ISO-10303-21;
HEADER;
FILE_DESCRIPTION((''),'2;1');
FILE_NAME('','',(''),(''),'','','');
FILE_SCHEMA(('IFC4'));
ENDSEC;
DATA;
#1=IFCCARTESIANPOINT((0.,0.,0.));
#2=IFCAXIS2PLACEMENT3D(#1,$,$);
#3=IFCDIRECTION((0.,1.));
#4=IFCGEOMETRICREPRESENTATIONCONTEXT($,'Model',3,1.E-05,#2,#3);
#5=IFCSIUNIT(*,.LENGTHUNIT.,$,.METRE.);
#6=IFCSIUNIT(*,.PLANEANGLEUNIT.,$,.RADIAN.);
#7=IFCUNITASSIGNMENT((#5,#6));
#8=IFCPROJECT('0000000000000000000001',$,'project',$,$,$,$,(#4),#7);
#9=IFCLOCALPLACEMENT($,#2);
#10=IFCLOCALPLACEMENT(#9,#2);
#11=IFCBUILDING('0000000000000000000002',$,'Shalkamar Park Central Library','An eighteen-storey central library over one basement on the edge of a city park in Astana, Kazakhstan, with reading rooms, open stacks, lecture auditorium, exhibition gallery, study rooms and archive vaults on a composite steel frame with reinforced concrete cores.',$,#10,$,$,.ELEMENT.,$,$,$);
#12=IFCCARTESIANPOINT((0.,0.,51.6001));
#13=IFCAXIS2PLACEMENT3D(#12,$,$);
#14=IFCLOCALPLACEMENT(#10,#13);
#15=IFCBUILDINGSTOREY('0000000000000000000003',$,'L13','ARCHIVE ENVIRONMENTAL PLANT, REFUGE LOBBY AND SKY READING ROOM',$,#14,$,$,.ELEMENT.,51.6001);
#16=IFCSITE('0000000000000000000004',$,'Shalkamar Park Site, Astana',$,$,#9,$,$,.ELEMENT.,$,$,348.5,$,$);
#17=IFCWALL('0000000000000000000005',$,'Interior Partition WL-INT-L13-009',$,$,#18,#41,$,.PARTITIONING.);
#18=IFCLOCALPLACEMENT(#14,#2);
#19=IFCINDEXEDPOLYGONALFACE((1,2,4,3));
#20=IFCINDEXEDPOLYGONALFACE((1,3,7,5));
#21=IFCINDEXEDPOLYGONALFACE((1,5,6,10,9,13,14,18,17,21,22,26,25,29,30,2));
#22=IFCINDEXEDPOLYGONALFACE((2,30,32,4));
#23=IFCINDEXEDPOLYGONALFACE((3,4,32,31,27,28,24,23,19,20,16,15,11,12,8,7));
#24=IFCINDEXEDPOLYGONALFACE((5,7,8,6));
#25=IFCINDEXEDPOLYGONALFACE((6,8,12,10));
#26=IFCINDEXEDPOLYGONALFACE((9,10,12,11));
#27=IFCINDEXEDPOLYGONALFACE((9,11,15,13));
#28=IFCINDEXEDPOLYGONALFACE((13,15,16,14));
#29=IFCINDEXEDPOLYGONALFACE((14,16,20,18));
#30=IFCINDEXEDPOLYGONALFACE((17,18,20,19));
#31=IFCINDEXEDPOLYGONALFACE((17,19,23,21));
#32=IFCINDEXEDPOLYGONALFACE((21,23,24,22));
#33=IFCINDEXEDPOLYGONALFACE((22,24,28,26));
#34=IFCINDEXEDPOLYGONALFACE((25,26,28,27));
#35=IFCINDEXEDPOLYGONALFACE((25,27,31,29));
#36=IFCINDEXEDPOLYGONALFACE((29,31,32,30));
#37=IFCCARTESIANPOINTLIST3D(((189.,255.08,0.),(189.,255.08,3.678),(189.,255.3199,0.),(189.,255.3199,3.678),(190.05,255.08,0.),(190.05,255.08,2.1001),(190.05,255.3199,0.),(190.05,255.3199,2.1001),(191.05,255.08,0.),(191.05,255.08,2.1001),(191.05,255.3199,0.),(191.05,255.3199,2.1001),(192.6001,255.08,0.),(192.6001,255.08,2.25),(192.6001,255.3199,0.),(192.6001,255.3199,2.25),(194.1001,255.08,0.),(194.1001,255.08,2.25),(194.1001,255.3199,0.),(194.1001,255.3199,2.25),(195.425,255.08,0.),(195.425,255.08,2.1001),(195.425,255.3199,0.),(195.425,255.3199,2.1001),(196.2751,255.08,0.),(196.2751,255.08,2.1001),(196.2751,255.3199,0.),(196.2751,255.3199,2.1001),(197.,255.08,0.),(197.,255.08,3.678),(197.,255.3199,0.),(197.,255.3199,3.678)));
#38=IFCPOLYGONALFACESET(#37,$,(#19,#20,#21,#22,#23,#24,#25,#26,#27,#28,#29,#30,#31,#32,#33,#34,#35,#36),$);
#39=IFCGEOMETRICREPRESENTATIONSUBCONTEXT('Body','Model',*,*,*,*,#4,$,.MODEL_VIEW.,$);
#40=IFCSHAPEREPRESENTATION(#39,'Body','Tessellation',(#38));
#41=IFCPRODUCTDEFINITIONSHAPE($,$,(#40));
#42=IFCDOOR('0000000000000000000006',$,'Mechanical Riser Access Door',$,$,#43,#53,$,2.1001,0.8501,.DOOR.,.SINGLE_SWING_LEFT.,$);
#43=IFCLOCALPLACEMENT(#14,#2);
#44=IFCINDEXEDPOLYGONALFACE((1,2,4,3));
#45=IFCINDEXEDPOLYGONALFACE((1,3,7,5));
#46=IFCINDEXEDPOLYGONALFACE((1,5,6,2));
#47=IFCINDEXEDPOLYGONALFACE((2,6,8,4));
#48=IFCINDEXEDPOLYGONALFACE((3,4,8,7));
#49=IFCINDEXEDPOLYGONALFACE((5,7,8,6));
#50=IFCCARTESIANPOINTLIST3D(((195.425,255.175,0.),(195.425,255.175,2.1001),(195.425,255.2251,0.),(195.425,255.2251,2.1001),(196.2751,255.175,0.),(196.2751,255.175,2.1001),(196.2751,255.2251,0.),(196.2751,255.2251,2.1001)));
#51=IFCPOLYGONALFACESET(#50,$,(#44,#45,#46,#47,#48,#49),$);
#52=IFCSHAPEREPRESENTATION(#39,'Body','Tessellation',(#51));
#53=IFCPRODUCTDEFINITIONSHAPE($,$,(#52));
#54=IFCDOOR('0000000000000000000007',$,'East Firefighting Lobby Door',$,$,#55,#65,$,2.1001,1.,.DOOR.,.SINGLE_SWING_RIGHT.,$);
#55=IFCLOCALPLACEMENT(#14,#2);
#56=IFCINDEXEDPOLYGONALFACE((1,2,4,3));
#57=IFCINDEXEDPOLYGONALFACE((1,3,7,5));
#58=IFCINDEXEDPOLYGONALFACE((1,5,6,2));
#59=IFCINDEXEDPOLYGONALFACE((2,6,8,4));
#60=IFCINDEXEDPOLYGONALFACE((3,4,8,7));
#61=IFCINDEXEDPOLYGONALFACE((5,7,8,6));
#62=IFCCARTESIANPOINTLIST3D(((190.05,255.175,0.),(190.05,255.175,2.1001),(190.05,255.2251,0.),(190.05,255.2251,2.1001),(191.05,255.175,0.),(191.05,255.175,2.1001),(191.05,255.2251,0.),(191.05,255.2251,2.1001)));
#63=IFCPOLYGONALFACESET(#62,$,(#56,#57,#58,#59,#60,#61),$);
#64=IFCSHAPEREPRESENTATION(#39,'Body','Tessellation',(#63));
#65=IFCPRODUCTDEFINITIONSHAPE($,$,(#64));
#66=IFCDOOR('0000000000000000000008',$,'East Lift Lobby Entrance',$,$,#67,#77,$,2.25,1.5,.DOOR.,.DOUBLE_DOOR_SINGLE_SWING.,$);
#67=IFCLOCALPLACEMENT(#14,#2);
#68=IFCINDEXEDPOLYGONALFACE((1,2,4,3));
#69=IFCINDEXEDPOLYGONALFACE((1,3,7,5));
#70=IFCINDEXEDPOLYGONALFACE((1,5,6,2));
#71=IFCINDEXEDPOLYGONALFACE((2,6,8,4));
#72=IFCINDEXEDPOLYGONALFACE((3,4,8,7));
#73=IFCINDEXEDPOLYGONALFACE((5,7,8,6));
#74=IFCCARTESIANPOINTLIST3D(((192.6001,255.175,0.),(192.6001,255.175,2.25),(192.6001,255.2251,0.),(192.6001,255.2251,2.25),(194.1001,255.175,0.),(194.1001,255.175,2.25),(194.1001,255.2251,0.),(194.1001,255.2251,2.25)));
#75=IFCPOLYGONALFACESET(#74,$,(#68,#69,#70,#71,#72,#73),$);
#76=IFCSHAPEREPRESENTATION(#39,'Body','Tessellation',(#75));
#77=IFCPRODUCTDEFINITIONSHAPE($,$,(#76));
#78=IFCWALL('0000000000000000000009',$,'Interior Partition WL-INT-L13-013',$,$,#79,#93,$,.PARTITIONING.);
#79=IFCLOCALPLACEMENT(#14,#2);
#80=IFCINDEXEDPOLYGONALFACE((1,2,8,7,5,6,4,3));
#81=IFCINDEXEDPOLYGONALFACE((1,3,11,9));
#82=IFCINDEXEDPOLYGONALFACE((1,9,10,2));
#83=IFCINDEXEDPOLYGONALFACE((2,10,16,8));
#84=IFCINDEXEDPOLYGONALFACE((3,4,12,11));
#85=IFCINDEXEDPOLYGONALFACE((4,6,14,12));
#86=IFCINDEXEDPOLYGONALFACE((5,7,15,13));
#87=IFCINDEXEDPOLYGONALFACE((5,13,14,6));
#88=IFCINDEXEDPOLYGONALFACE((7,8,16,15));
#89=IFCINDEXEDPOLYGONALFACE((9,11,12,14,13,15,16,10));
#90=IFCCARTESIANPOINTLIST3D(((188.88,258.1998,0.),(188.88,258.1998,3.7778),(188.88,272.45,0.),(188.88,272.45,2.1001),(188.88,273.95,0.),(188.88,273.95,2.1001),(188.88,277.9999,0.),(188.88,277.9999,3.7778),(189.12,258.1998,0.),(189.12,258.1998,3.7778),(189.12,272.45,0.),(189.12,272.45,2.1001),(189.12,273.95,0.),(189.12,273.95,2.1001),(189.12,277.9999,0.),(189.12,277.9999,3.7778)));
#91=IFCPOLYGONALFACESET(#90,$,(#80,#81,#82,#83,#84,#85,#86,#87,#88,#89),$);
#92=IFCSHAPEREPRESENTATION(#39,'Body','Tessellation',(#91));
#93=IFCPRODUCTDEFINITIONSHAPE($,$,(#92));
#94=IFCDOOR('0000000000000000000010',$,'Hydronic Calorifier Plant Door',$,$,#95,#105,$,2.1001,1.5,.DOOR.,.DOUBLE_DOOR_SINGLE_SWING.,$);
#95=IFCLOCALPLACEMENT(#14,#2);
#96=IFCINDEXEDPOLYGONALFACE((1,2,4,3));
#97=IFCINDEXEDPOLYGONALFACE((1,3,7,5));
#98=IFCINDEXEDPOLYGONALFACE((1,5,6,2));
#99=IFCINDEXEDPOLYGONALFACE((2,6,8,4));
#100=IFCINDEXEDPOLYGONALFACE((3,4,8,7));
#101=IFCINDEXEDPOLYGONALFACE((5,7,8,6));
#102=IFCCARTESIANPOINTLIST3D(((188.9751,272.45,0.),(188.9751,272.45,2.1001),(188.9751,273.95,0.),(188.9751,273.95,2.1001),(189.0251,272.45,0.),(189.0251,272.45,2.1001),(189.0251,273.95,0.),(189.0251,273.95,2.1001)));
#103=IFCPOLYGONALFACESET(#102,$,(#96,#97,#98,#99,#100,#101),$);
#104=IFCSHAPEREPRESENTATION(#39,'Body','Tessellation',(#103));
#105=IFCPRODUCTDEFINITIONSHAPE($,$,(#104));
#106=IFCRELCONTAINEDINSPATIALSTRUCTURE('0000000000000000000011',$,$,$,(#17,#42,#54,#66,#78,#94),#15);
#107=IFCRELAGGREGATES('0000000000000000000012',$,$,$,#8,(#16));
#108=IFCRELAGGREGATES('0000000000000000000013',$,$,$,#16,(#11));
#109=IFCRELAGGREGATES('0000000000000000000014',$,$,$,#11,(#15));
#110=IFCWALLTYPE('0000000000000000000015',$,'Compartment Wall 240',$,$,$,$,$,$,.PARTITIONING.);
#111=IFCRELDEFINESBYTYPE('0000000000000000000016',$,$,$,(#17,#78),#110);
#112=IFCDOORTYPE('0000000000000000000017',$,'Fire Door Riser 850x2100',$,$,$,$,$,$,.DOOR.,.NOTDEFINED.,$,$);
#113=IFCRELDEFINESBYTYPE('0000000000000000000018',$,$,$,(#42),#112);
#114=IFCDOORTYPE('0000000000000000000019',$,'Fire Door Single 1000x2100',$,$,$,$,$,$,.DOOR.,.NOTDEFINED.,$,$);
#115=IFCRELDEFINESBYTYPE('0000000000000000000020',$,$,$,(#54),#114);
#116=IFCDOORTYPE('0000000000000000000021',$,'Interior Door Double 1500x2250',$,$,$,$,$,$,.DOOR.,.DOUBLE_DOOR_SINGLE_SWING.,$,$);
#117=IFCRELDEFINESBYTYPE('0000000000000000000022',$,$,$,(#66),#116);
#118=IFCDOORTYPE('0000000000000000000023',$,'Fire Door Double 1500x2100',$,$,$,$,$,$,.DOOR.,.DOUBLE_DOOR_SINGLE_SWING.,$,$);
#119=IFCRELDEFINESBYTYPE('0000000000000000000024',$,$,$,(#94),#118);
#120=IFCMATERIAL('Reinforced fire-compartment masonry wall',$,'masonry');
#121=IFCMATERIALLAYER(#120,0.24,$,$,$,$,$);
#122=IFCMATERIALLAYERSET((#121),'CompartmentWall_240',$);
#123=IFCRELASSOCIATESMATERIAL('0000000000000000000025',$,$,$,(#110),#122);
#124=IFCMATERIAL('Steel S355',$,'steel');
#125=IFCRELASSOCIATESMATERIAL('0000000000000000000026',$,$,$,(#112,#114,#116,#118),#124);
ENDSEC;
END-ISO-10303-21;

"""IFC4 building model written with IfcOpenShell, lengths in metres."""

from ifc_helpers import new_model, si_unit, direction, frame, frame_2d, origin, place, context, subcontext, project, spatial, rectangle, extrude, material, layer, layer_set, type_object, element, fill, save


model = new_model("IFC4")

# Units and contexts
model_context = context("Model", 3, precision=1e-05, world=origin(), true_north=direction((0.0, 1.0)))
body_context = subcontext(model_context, "Body", "Model", "MODEL_VIEW")
ifc_project = project(units=[si_unit("LENGTHUNIT", "METRE"), si_unit("PLANEANGLEUNIT", "RADIAN")], contexts=[model_context])

# Site, building, storey
site_placement = place(None, origin())
site = spatial("IfcSite", under=ifc_project, at=site_placement, Name="Shalkamar Park Site, Astana", CompositionType="ELEMENT", RefElevation=348.5)
building_placement = place(site_placement, origin())
building = spatial("IfcBuilding", under=site, at=building_placement, Name="Shalkamar Park Central Library", Description="An eighteen-storey central library over one basement on the edge of a city park in Astana, Kazakhstan, with reading rooms, open stacks, lecture auditorium, exhibition gallery, study rooms and archive vaults on a composite steel frame with reinforced concrete cores.", CompositionType="ELEMENT")
storey_placement = place(building_placement, frame((0.0, 0.0, 51.6001)))
storey = spatial("IfcBuildingStorey", under=building, at=storey_placement, Name="L13", Description="ARCHIVE ENVIRONMENTAL PLANT, REFUGE LOBBY AND SKY READING ROOM", CompositionType="ELEMENT", Elevation=51.6001)

# Shared definitions
ifc_material_1 = material(Name="Steel S355", Category="steel")

# Wall, openings, doors
ifc_material_2 = material(Name="Reinforced fire-compartment masonry wall", Category="masonry")
ifc_layer = layer(ifc_material_2, 0.24)
ifc_layer_set = layer_set([ifc_layer], Name="CompartmentWall_240")
wall_type = type_object("IfcWallType", Name="Compartment Wall 240", PredefinedType="PARTITIONING", material=ifc_layer_set)
wall_1_placement = place(storey_placement, frame((189.0, 255.2, 0.0), z_axis=(0.0, 0.0, 1.0), x_axis=(1.0, 0.0, 0.0)))
wall_1 = element("IfcWall", 1, at=wall_1_placement, inside=storey, type_object=wall_type, Name="Interior Partition WL-INT-L13-009", PredefinedType="PARTITIONING", context=body_context, shape_type="SweptSolid", body=[
    extrude(rectangle(XDim=8.0, YDim=0.24, at=frame_2d((4.0, 0.0))), origin(), (0.0, 0.0, 1.0), 3.678),
])
opening_1_placement = place(wall_1_placement, frame((1.05, 0.0, 0.0)))
opening_1 = element("IfcOpeningElement", 2, at=opening_1_placement, cuts=wall_1, PredefinedType="OPENING", context=body_context, shape_type="SweptSolid", body=[
    extrude(rectangle(XDim=1.0, YDim=2.1001, at=frame_2d((0.5, 1.05))), frame((0.0, 0.1348, 0.0), z_axis=(0.0, -1.0, 0.0), x_axis=(1.0, 0.0, 0.0)), (0.0, 0.0, 1.0), 0.2698),
])
opening_2_placement = place(wall_1_placement, frame((3.6001, 0.0, 0.0)))
opening_2 = element("IfcOpeningElement", 3, at=opening_2_placement, cuts=wall_1, PredefinedType="OPENING", context=body_context, shape_type="SweptSolid", body=[
    extrude(rectangle(XDim=1.5, YDim=2.25, at=frame_2d((0.75, 1.125))), frame((0.0, 0.1348, 0.0), z_axis=(0.0, -1.0, 0.0), x_axis=(1.0, 0.0, 0.0)), (0.0, 0.0, 1.0), 0.2698),
])
opening_3_placement = place(wall_1_placement, frame((6.425, 0.0, 0.0)))
opening_3 = element("IfcOpeningElement", 4, at=opening_3_placement, cuts=wall_1, PredefinedType="OPENING", context=body_context, shape_type="SweptSolid", body=[
    extrude(rectangle(XDim=0.8501, YDim=2.1001, at=frame_2d((0.425, 1.05))), frame((0.0, 0.1348, 0.0), z_axis=(0.0, -1.0, 0.0), x_axis=(1.0, 0.0, 0.0)), (0.0, 0.0, 1.0), 0.2698),
])
door_type_1 = type_object("IfcDoorType", Name="Fire Door Riser 850x2100", OperationType="NOTDEFINED", PredefinedType="DOOR", material=ifc_material_1)
door_1_placement = place(opening_3_placement, frame((0.8501, 0.0, 0.0), z_axis=(0.0, 0.0, 1.0), x_axis=(-1.0, 0.0, 0.0)))
door_1 = element("IfcDoor", 5, at=door_1_placement, inside=storey, type_object=door_type_1, Name="Mechanical Riser Access Door", OperationType="SINGLE_SWING_LEFT", OverallHeight=2.1001, OverallWidth=0.8501, PredefinedType="DOOR", context=body_context, shape_type="SweptSolid", body=[
    extrude(rectangle(XDim=0.8501, YDim=2.1001, at=frame_2d((0.425, 1.05))), frame((0.0, 0.0249, 0.0), z_axis=(0.0, -1.0, 0.0), x_axis=(1.0, 0.0, 0.0)), (0.0, 0.0, 1.0), 0.05),
])
fill(opening_3, door_1)
door_type_2 = type_object("IfcDoorType", Name="Fire Door Single 1000x2100", OperationType="NOTDEFINED", PredefinedType="DOOR", material=ifc_material_1)
door_2_placement = place(opening_1_placement, frame((1.0, 0.0, 0.0), z_axis=(0.0, 0.0, 1.0), x_axis=(-1.0, 0.0, 0.0)))
door_2 = element("IfcDoor", 6, at=door_2_placement, inside=storey, type_object=door_type_2, Name="East Firefighting Lobby Door", OperationType="SINGLE_SWING_RIGHT", OverallHeight=2.1001, OverallWidth=1.0, PredefinedType="DOOR", context=body_context, shape_type="SweptSolid", body=[
    extrude(rectangle(XDim=1.0, YDim=2.1001, at=frame_2d((0.5, 1.05))), frame((0.0, 0.0249, 0.0), z_axis=(0.0, -1.0, 0.0), x_axis=(1.0, 0.0, 0.0)), (0.0, 0.0, 1.0), 0.05),
])
fill(opening_1, door_2)
door_type_3 = type_object("IfcDoorType", Name="Interior Door Double 1500x2250", OperationType="DOUBLE_DOOR_SINGLE_SWING", PredefinedType="DOOR", material=ifc_material_1)
door_3_placement = place(opening_2_placement, frame((1.5, 0.0, 0.0), z_axis=(0.0, 0.0, 1.0), x_axis=(-1.0, 0.0, 0.0)))
door_3 = element("IfcDoor", 7, at=door_3_placement, inside=storey, type_object=door_type_3, Name="East Lift Lobby Entrance", OperationType="DOUBLE_DOOR_SINGLE_SWING", OverallHeight=2.25, OverallWidth=1.5, PredefinedType="DOOR", context=body_context, shape_type="SweptSolid", body=[
    extrude(rectangle(XDim=1.5, YDim=2.25, at=frame_2d((0.75, 1.125))), frame((0.0, 0.0249, 0.0), z_axis=(0.0, -1.0, 0.0), x_axis=(1.0, 0.0, 0.0)), (0.0, 0.0, 1.0), 0.05),
])
fill(opening_2, door_3)

# Wall, opening, door
wall_2_placement = place(storey_placement, frame((189.0, 258.2, 0.0), z_axis=(0.0, 0.0, 1.0), x_axis=(0.0, 1.0, 0.0)))
wall_2 = element("IfcWall", 8, at=wall_2_placement, inside=storey, type_object=wall_type, Name="Interior Partition WL-INT-L13-013", PredefinedType="PARTITIONING", context=body_context, shape_type="SweptSolid", body=[
    extrude(rectangle(XDim=19.8, YDim=0.24, at=frame_2d((9.8999, 0.0))), origin(), (0.0, 0.0, 1.0), 3.7778),
])
opening_4_placement = place(wall_2_placement, frame((14.25, 0.0, 0.0)))
opening_4 = element("IfcOpeningElement", 9, at=opening_4_placement, cuts=wall_2, PredefinedType="OPENING", context=body_context, shape_type="SweptSolid", body=[
    extrude(rectangle(XDim=1.5, YDim=2.1001, at=frame_2d((0.75, 1.05))), frame((0.0, 0.1348, 0.0), z_axis=(0.0, -1.0, 0.0), x_axis=(1.0, 0.0, 0.0)), (0.0, 0.0, 1.0), 0.2698),
])
door_type_4 = type_object("IfcDoorType", Name="Fire Door Double 1500x2100", OperationType="DOUBLE_DOOR_SINGLE_SWING", PredefinedType="DOOR", material=ifc_material_1)
door_4_placement = place(opening_4_placement, origin())
door_4 = element("IfcDoor", 10, at=door_4_placement, inside=storey, type_object=door_type_4, Name="Hydronic Calorifier Plant Door", OperationType="DOUBLE_DOOR_SINGLE_SWING", OverallHeight=2.1001, OverallWidth=1.5, PredefinedType="DOOR", context=body_context, shape_type="SweptSolid", body=[
    extrude(rectangle(XDim=1.5, YDim=2.1001, at=frame_2d((0.75, 1.05))), frame((0.0, 0.0249, 0.0), z_axis=(0.0, -1.0, 0.0), x_axis=(1.0, 0.0, 0.0)), (0.0, 0.0, 1.0), 0.05),
])
fill(opening_4, door_4)

save(model, "model.ifc")
